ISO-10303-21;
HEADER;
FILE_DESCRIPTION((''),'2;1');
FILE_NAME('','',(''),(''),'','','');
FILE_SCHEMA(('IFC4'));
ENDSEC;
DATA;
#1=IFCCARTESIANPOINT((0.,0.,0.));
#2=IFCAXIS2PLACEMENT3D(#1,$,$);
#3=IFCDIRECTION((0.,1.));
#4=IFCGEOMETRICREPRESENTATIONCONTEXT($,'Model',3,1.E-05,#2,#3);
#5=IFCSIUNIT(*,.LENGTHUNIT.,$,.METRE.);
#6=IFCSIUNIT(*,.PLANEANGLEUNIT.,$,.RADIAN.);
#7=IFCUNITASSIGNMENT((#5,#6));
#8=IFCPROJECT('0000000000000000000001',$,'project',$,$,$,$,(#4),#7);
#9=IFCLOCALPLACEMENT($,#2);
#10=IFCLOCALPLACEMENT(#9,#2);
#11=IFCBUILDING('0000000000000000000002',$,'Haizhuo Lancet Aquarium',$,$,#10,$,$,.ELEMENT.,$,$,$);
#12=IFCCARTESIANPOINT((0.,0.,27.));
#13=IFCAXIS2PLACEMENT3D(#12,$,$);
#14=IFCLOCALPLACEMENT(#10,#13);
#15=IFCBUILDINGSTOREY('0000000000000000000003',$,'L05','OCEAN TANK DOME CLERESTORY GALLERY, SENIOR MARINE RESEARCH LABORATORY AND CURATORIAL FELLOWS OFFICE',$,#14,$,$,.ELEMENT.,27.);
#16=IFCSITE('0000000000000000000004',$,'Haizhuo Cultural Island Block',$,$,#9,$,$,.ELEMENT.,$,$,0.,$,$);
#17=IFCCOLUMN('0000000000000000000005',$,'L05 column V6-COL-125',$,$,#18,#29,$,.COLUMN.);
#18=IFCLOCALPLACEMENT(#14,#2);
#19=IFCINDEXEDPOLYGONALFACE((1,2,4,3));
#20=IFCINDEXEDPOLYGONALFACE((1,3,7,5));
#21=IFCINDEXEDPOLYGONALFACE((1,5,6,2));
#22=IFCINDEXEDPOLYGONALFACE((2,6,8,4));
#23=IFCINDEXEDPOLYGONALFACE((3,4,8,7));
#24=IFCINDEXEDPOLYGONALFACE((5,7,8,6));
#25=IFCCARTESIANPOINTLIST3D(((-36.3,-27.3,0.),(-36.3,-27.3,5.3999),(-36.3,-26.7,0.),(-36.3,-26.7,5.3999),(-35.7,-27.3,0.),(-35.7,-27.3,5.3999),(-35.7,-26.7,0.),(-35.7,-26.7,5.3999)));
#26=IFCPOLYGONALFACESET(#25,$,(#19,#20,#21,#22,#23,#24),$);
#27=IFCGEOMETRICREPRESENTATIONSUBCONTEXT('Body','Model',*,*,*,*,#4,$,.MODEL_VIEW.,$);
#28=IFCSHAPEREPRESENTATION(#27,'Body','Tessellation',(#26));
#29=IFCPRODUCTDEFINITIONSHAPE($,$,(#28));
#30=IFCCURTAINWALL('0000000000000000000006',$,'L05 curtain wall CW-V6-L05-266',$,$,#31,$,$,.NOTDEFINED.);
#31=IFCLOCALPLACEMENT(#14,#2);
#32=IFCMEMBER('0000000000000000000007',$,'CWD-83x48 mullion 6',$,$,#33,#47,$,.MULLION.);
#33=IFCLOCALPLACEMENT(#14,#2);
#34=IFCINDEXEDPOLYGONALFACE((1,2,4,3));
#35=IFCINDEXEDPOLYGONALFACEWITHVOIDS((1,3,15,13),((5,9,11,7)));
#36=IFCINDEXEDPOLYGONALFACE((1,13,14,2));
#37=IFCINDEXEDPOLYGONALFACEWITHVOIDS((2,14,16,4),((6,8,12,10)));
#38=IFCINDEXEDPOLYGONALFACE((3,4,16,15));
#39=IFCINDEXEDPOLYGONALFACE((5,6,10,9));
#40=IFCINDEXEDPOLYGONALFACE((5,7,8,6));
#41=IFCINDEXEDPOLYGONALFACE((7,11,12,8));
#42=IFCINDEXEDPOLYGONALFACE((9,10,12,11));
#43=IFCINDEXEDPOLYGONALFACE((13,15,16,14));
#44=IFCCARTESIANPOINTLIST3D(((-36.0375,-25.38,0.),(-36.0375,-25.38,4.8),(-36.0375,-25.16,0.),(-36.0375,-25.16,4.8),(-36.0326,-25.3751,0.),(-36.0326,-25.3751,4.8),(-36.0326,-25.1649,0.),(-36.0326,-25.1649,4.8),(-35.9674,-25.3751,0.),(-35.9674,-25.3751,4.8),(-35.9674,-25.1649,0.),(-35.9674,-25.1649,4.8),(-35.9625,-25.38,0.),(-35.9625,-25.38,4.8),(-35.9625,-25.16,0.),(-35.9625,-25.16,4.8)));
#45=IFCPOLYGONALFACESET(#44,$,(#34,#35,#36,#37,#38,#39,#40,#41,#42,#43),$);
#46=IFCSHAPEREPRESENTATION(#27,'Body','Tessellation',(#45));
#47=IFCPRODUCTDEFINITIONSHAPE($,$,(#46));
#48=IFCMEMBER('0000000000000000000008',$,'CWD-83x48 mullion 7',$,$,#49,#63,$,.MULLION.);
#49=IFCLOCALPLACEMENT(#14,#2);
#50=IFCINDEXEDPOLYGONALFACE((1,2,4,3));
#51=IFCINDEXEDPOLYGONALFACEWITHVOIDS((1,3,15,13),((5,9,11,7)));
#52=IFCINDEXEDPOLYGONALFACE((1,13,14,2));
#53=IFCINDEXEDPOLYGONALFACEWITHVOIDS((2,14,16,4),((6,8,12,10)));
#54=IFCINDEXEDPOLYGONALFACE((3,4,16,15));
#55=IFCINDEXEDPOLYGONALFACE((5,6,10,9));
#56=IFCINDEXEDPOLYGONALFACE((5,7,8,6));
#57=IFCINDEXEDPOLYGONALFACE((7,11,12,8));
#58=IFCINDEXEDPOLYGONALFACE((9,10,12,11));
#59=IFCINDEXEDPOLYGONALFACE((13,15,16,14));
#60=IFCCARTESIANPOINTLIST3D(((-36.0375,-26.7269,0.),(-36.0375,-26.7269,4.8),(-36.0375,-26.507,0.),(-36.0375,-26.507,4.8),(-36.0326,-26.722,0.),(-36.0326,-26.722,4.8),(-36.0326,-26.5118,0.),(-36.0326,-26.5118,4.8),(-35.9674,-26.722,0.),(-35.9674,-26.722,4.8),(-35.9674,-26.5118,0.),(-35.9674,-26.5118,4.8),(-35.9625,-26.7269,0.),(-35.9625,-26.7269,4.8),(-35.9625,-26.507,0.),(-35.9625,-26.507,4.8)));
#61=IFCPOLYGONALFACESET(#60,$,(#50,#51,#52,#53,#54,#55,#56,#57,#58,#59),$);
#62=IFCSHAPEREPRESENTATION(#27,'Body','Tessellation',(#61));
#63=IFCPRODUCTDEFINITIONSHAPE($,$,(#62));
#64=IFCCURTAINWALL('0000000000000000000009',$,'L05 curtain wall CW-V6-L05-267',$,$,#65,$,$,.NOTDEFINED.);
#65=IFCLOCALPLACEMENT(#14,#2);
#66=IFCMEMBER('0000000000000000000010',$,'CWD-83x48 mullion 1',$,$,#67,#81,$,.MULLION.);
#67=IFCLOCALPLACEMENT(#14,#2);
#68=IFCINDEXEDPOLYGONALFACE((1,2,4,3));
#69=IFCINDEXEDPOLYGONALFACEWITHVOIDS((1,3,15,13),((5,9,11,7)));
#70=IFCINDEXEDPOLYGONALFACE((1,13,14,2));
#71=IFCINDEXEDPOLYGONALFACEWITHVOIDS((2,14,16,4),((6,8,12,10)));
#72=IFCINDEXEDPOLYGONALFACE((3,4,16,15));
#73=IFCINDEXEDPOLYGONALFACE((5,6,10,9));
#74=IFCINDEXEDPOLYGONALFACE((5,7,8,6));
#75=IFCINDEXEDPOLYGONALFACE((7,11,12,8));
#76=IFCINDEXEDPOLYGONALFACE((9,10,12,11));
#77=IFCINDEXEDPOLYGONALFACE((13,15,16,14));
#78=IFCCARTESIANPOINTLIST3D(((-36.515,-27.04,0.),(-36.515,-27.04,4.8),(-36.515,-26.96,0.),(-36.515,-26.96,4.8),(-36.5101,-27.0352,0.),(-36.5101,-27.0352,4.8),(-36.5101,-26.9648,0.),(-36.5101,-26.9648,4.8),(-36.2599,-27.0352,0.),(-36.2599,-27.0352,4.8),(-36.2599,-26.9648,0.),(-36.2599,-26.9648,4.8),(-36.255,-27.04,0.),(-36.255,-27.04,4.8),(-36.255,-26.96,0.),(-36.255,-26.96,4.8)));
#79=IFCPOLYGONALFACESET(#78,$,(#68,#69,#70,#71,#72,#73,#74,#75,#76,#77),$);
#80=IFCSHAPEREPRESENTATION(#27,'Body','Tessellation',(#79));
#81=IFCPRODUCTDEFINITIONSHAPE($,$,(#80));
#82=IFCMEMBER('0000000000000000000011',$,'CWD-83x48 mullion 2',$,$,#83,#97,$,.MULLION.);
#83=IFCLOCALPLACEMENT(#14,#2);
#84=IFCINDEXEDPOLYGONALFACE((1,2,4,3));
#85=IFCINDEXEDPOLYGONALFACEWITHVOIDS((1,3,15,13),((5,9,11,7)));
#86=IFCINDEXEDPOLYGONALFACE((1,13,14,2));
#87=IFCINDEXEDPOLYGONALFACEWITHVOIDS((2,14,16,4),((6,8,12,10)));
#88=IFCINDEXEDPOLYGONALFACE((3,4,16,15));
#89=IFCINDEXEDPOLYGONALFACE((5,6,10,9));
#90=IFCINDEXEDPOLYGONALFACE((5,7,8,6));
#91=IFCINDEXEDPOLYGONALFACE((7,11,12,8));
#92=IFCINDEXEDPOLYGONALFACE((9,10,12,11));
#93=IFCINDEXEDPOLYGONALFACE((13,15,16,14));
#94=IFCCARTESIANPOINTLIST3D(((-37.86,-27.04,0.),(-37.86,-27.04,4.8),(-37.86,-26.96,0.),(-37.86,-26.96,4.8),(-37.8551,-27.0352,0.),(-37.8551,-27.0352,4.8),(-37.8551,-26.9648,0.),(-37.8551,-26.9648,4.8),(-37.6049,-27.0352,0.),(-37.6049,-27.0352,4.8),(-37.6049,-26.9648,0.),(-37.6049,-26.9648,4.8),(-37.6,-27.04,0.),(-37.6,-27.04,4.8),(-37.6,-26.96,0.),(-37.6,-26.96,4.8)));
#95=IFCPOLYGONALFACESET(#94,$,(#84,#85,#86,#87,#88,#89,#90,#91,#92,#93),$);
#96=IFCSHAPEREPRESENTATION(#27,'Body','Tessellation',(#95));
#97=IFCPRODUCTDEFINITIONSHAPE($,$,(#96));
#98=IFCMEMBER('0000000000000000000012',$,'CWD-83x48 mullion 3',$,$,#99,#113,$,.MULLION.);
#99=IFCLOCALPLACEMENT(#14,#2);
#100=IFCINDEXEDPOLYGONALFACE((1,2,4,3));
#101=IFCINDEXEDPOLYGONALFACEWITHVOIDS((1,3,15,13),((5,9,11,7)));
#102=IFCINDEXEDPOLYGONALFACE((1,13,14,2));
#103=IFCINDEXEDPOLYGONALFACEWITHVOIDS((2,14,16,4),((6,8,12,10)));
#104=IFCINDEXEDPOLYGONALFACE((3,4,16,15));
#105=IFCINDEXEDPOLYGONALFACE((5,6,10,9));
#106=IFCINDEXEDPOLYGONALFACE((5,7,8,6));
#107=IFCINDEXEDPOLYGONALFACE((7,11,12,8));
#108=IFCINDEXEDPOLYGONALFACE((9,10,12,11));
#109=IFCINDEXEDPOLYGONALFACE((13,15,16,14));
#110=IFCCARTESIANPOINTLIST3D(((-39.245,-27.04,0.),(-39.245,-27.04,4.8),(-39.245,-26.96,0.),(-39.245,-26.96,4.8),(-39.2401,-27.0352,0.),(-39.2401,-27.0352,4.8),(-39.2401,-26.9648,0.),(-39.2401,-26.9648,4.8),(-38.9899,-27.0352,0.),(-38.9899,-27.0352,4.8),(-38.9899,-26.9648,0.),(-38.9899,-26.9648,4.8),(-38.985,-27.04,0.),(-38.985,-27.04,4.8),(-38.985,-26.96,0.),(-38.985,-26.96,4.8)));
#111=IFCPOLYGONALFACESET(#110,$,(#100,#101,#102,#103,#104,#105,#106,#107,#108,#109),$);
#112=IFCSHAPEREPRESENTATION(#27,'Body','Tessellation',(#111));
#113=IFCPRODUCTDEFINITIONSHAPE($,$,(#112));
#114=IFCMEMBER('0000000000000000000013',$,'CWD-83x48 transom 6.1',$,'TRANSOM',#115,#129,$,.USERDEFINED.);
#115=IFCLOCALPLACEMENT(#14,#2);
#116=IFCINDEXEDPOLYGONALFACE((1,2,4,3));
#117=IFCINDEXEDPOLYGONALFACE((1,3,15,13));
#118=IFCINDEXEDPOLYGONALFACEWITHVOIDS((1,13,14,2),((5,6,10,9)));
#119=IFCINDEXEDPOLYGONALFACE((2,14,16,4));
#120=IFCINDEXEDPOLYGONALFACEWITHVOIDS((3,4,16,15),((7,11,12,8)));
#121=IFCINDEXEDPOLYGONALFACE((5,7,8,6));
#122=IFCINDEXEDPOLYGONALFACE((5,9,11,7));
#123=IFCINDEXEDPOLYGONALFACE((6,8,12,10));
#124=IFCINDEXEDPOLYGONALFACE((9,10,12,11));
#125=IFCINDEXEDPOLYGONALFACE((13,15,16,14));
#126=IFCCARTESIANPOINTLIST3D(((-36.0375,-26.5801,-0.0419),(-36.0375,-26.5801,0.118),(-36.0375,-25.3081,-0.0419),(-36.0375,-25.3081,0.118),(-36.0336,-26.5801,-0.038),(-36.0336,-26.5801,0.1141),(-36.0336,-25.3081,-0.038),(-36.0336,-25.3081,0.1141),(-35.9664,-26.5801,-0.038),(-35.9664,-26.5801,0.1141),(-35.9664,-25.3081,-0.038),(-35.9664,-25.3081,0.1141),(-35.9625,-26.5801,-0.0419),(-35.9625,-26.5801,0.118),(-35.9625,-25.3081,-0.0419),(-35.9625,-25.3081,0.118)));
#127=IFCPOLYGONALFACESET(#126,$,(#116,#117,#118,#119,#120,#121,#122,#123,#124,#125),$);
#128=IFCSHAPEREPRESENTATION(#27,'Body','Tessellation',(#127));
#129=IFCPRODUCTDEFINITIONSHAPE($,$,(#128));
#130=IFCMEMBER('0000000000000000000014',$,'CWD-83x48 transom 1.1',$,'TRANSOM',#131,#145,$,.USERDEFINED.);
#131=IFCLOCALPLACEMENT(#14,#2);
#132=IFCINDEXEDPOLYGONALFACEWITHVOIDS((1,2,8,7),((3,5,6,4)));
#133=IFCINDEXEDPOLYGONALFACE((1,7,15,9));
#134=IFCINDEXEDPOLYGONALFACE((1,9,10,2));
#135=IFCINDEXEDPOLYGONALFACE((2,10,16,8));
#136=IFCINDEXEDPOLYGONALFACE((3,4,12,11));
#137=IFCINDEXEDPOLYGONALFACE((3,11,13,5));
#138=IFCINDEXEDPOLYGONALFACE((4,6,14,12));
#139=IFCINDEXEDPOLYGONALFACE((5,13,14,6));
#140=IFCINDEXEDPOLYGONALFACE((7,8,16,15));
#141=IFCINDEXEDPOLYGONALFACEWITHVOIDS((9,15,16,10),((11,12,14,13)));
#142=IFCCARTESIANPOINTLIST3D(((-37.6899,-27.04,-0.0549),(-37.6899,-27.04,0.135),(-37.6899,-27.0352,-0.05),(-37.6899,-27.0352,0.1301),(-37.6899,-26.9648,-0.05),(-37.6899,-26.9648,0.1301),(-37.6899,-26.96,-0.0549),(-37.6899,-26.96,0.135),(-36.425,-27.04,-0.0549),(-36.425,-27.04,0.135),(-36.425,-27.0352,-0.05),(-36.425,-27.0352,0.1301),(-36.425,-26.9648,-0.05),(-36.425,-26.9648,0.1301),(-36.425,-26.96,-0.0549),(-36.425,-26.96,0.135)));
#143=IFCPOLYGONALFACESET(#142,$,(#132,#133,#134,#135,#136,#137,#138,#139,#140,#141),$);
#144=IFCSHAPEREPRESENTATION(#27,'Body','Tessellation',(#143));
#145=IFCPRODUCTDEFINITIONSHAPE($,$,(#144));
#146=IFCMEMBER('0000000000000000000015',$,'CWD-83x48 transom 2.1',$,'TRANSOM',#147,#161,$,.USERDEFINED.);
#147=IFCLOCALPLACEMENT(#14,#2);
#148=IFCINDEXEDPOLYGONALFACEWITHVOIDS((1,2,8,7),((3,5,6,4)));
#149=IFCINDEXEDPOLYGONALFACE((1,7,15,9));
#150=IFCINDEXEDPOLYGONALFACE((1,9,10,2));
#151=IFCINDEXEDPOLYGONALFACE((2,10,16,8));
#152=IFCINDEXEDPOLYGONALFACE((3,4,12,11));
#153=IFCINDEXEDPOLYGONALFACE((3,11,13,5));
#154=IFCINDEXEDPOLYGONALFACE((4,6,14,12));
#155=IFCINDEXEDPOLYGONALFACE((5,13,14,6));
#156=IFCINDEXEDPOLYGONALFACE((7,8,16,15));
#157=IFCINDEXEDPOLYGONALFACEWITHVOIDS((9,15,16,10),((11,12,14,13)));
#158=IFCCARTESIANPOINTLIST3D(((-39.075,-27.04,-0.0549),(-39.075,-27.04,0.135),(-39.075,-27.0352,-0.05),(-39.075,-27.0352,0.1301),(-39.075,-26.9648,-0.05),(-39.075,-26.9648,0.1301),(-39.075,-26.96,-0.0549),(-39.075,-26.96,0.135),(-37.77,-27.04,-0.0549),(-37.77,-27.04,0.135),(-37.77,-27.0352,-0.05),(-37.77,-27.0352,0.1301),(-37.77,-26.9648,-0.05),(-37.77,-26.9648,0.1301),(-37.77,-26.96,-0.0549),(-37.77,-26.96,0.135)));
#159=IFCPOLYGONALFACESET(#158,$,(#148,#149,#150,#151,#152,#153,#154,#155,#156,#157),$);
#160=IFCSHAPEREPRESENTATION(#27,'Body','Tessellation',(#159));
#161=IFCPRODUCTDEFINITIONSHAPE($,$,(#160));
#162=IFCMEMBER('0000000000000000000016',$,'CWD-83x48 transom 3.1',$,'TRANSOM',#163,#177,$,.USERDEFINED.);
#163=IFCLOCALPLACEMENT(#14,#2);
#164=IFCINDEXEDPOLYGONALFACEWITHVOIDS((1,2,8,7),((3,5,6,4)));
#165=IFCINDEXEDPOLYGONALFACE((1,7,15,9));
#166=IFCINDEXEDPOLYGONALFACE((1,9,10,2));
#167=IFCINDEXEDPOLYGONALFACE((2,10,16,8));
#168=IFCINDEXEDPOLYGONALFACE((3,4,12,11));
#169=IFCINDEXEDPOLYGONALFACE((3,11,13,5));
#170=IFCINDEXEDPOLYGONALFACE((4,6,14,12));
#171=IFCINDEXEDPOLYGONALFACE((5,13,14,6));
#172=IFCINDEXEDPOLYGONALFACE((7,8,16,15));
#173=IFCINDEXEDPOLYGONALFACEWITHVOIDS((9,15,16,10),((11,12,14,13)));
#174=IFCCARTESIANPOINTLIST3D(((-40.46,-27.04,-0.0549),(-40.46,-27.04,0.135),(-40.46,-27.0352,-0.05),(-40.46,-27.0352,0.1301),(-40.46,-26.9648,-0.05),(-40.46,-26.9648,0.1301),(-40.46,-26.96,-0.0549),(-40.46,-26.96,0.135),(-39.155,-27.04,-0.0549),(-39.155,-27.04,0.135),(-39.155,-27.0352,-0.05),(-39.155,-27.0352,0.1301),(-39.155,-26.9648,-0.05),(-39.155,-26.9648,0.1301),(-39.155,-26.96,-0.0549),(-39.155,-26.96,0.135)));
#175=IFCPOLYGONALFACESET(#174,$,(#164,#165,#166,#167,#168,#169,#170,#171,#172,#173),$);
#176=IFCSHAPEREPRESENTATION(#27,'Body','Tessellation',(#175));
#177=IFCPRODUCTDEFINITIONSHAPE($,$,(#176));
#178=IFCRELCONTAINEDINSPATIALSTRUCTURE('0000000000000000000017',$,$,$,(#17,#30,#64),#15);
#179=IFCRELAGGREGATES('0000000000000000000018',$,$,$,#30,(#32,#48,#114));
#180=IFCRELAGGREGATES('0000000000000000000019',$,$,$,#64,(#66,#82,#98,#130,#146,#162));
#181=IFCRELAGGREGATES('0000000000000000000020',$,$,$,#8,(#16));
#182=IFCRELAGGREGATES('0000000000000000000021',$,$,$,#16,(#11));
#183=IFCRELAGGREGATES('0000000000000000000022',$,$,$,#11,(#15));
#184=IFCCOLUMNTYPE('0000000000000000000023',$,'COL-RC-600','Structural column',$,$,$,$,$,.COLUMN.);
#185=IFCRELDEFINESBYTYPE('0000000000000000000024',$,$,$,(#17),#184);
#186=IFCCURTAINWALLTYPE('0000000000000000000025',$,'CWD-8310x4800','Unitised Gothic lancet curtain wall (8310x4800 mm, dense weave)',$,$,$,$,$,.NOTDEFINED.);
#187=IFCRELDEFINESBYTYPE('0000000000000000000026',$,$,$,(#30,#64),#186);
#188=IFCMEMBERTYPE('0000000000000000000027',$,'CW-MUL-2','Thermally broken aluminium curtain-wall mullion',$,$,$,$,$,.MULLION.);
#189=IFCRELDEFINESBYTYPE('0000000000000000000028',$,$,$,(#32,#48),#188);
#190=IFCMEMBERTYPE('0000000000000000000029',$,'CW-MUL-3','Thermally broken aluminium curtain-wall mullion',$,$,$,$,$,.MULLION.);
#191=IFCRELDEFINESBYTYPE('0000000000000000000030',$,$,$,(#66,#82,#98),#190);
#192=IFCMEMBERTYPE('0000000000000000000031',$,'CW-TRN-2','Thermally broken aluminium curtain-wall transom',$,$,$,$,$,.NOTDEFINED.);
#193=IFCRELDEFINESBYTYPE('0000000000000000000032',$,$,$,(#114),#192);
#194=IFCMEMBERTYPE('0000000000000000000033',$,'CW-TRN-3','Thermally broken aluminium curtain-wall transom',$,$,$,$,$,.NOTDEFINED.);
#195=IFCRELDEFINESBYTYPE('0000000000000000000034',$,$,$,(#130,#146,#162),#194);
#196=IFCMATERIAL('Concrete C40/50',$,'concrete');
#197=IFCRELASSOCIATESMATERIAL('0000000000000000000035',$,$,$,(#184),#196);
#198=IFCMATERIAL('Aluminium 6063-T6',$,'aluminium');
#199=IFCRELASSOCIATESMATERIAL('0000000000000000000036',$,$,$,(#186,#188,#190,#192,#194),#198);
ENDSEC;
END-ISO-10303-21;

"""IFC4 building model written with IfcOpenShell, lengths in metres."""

from ifc_helpers import new_model, si_unit, direction, frame, origin, origin_2d, place, context, subcontext, project, spatial, rectangle, hollow_rectangle, extrude, material, material_profile, profile_set, type_object, element, aggregate, save


model = new_model("IFC4")

# Units and contexts
model_context = context("Model", 3, precision=1e-05, world=origin(), true_north=direction((0.0, 1.0)))
body_context = subcontext(model_context, "Body", "Model", "MODEL_VIEW")
ifc_project = project(units=[si_unit("LENGTHUNIT", "METRE"), si_unit("PLANEANGLEUNIT", "RADIAN")], contexts=[model_context])

# Site, building, storey
site_placement = place(None, origin())
site = spatial("IfcSite", under=ifc_project, at=site_placement, Name="Haizhuo Cultural Island Block", CompositionType="ELEMENT", RefElevation=0.0)
building_placement = place(site_placement, origin())
building = spatial("IfcBuilding", under=site, at=building_placement, Name="Haizhuo Lancet Aquarium", CompositionType="ELEMENT")
storey_placement = place(building_placement, frame((0.0, 0.0, 27.0)))
storey = spatial("IfcBuildingStorey", under=building, at=storey_placement, Name="L05", Description="OCEAN TANK DOME CLERESTORY GALLERY, SENIOR MARINE RESEARCH LABORATORY AND CURATORIAL FELLOWS OFFICE", CompositionType="ELEMENT", Elevation=27.0)

# Column
ifc_material_1 = material(Name="Concrete C40/50", Category="concrete")
ifc_material_profile_1 = material_profile(ifc_material_1, rectangle(XDim=0.6001, YDim=0.6001, at=origin_2d()), Name="RC-COL 600x600")
ifc_profile_set_1 = profile_set([ifc_material_profile_1], Name="Concrete C40/50")
column_type = type_object("IfcColumnType", Name="COL-RC-600", Description="Structural column", PredefinedType="COLUMN", material=ifc_profile_set_1)
column_placement = place(storey_placement, frame((-36.0, -27.0, 0.0), z_axis=(0.0, 0.0, 1.0), x_axis=(1.0, 0.0, 0.0)))
element("IfcColumn", 1, at=column_placement, inside=storey, type_object=column_type, Name="L05 column V6-COL-125", PredefinedType="COLUMN", context=body_context, shape_type="SweptSolid", body=[
    extrude(rectangle(XDim=0.6001, YDim=0.6001, at=origin_2d()), origin(), (0.0, 0.0, 1.0), 5.3999),
])

# Curtain walls, members
ifc_material_2 = material(Name="Aluminium 6063-T6", Category="aluminium")
curtain_wall_type = type_object("IfcCurtainWallType", Name="CWD-8310x4800", Description="Unitised Gothic lancet curtain wall (8310x4800 mm, dense weave)", PredefinedType="NOTDEFINED", material=ifc_material_2)
curtain_wall_1_placement = place(storey_placement, origin())
curtain_wall_1 = element("IfcCurtainWall", 2, at=curtain_wall_1_placement, inside=storey, type_object=curtain_wall_type, Name="L05 curtain wall CW-V6-L05-266", PredefinedType="NOTDEFINED")
ifc_material_profile_2 = material_profile(ifc_material_2, hollow_rectangle(XDim=0.075, YDim=0.22, WallThickness=0.0049, at=origin_2d()), Name="ALU-M 75x220x5")
ifc_profile_set_2 = profile_set([ifc_material_profile_2], Name="Aluminium 6063-T6")
member_type_1 = type_object("IfcMemberType", Name="CW-MUL-2", Description="Thermally broken aluminium curtain-wall mullion", PredefinedType="MULLION", material=ifc_profile_set_2)
member_1_placement = place(storey_placement, frame((-36.0, -25.27, 0.0), z_axis=(0.0, 0.0, 1.0), x_axis=(1.0, 0.0, 0.0)))
member_1 = element("IfcMember", 3, at=member_1_placement, type_object=member_type_1, Name="CWD-83x48 mullion 6", PredefinedType="MULLION", context=body_context, shape_type="SweptSolid", body=[
    extrude(hollow_rectangle(XDim=0.075, YDim=0.22, WallThickness=0.0049, at=origin_2d()), origin(), (0.0, 0.0, 1.0), 4.8),
])
member_2_placement = place(storey_placement, frame((-36.0, -26.6169, 0.0), z_axis=(0.0, 0.0, 1.0), x_axis=(1.0, 0.0, 0.0)))
member_2 = element("IfcMember", 4, at=member_2_placement, type_object=member_type_1, Name="CWD-83x48 mullion 7", PredefinedType="MULLION", context=body_context, shape_type="SweptSolid", body=[
    extrude(hollow_rectangle(XDim=0.075, YDim=0.22, WallThickness=0.0049, at=origin_2d()), origin(), (0.0, 0.0, 1.0), 4.8),
])
curtain_wall_2_placement = place(storey_placement, origin())
curtain_wall_2 = element("IfcCurtainWall", 5, at=curtain_wall_2_placement, inside=storey, type_object=curtain_wall_type, Name="L05 curtain wall CW-V6-L05-267", PredefinedType="NOTDEFINED")
ifc_material_profile_3 = material_profile(ifc_material_2, hollow_rectangle(XDim=0.0801, YDim=0.26, WallThickness=0.0049, at=origin_2d()), Name="ALU-M 80x260x5")
ifc_profile_set_3 = profile_set([ifc_material_profile_3], Name="Aluminium 6063-T6")
member_type_2 = type_object("IfcMemberType", Name="CW-MUL-3", Description="Thermally broken aluminium curtain-wall mullion", PredefinedType="MULLION", material=ifc_profile_set_3)
member_3_placement = place(storey_placement, frame((-36.385, -27.0, 0.0), z_axis=(0.0, 0.0, 1.0), x_axis=(0.0, -1.0, 0.0)))
member_3 = element("IfcMember", 6, at=member_3_placement, type_object=member_type_2, Name="CWD-83x48 mullion 1", PredefinedType="MULLION", context=body_context, shape_type="SweptSolid", body=[
    extrude(hollow_rectangle(XDim=0.0801, YDim=0.26, WallThickness=0.0049, at=origin_2d()), origin(), (0.0, 0.0, 1.0), 4.8),
])
member_4_placement = place(storey_placement, frame((-37.73, -27.0, 0.0), z_axis=(0.0, 0.0, 1.0), x_axis=(0.0, -1.0, 0.0)))
member_4 = element("IfcMember", 7, at=member_4_placement, type_object=member_type_2, Name="CWD-83x48 mullion 2", PredefinedType="MULLION", context=body_context, shape_type="SweptSolid", body=[
    extrude(hollow_rectangle(XDim=0.0801, YDim=0.26, WallThickness=0.0049, at=origin_2d()), origin(), (0.0, 0.0, 1.0), 4.8),
])
member_5_placement = place(storey_placement, frame((-39.115, -27.0, 0.0), z_axis=(0.0, 0.0, 1.0), x_axis=(0.0, -1.0, 0.0)))
member_5 = element("IfcMember", 8, at=member_5_placement, type_object=member_type_2, Name="CWD-83x48 mullion 3", PredefinedType="MULLION", context=body_context, shape_type="SweptSolid", body=[
    extrude(hollow_rectangle(XDim=0.0801, YDim=0.26, WallThickness=0.0049, at=origin_2d()), origin(), (0.0, 0.0, 1.0), 4.8),
])

# Members
ifc_material_profile_4 = material_profile(ifc_material_2, hollow_rectangle(XDim=0.075, YDim=0.1599, WallThickness=0.0039, at=origin_2d()), Name="ALU-T 75x160x4")
ifc_profile_set_4 = profile_set([ifc_material_profile_4], Name="Aluminium 6063-T6")
member_type_3 = type_object("IfcMemberType", Name="CW-TRN-2", Description="Thermally broken aluminium curtain-wall transom", PredefinedType="NOTDEFINED", material=ifc_profile_set_4)
member_6_placement = place(storey_placement, frame((-36.0, -25.3081, 0.0381), z_axis=(0.0, -1.0, 0.0), x_axis=(1.0, 0.0, 0.0)))
member_6 = element("IfcMember", 9, at=member_6_placement, type_object=member_type_3, Name="CWD-83x48 transom 6.1", ObjectType="TRANSOM", PredefinedType="USERDEFINED", context=body_context, shape_type="SweptSolid", body=[
    extrude(hollow_rectangle(XDim=0.075, YDim=0.1599, WallThickness=0.0039, at=origin_2d()), origin(), (0.0, 0.0, 1.0), 1.272),
])
ifc_material_profile_5 = material_profile(ifc_material_2, hollow_rectangle(XDim=0.0801, YDim=0.1899, WallThickness=0.0049, at=origin_2d()), Name="ALU-T 80x190x5")
ifc_profile_set_5 = profile_set([ifc_material_profile_5], Name="Aluminium 6063-T6")
member_type_4 = type_object("IfcMemberType", Name="CW-TRN-3", Description="Thermally broken aluminium curtain-wall transom", PredefinedType="NOTDEFINED", material=ifc_profile_set_5)
member_7_placement = place(storey_placement, frame((-36.425, -27.0, 0.04), z_axis=(-1.0, 0.0, 0.0), x_axis=(0.0, -1.0, 0.0)))
member_7 = element("IfcMember", 10, at=member_7_placement, type_object=member_type_4, Name="CWD-83x48 transom 1.1", ObjectType="TRANSOM", PredefinedType="USERDEFINED", context=body_context, shape_type="SweptSolid", body=[
    extrude(hollow_rectangle(XDim=0.0801, YDim=0.1899, WallThickness=0.0049, at=origin_2d()), origin(), (0.0, 0.0, 1.0), 1.2649),
])
member_8_placement = place(storey_placement, frame((-37.77, -27.0, 0.04), z_axis=(-1.0, 0.0, 0.0), x_axis=(0.0, -1.0, 0.0)))
member_8 = element("IfcMember", 11, at=member_8_placement, type_object=member_type_4, Name="CWD-83x48 transom 2.1", ObjectType="TRANSOM", PredefinedType="USERDEFINED", context=body_context, shape_type="SweptSolid", body=[
    extrude(hollow_rectangle(XDim=0.0801, YDim=0.1899, WallThickness=0.0049, at=origin_2d()), origin(), (0.0, 0.0, 1.0), 1.3049),
])
member_9_placement = place(storey_placement, frame((-39.155, -27.0, 0.04), z_axis=(-1.0, 0.0, 0.0), x_axis=(0.0, -1.0, 0.0)))
member_9 = element("IfcMember", 12, at=member_9_placement, type_object=member_type_4, Name="CWD-83x48 transom 3.1", ObjectType="TRANSOM", PredefinedType="USERDEFINED", context=body_context, shape_type="SweptSolid", body=[
    extrude(hollow_rectangle(XDim=0.0801, YDim=0.1899, WallThickness=0.0049, at=origin_2d()), origin(), (0.0, 0.0, 1.0), 1.3049),
])

aggregate(curtain_wall_1, [member_1, member_2, member_6])
aggregate(curtain_wall_2, [member_3, member_4, member_5, member_7, member_8, member_9])

save(model, "model.ifc")
